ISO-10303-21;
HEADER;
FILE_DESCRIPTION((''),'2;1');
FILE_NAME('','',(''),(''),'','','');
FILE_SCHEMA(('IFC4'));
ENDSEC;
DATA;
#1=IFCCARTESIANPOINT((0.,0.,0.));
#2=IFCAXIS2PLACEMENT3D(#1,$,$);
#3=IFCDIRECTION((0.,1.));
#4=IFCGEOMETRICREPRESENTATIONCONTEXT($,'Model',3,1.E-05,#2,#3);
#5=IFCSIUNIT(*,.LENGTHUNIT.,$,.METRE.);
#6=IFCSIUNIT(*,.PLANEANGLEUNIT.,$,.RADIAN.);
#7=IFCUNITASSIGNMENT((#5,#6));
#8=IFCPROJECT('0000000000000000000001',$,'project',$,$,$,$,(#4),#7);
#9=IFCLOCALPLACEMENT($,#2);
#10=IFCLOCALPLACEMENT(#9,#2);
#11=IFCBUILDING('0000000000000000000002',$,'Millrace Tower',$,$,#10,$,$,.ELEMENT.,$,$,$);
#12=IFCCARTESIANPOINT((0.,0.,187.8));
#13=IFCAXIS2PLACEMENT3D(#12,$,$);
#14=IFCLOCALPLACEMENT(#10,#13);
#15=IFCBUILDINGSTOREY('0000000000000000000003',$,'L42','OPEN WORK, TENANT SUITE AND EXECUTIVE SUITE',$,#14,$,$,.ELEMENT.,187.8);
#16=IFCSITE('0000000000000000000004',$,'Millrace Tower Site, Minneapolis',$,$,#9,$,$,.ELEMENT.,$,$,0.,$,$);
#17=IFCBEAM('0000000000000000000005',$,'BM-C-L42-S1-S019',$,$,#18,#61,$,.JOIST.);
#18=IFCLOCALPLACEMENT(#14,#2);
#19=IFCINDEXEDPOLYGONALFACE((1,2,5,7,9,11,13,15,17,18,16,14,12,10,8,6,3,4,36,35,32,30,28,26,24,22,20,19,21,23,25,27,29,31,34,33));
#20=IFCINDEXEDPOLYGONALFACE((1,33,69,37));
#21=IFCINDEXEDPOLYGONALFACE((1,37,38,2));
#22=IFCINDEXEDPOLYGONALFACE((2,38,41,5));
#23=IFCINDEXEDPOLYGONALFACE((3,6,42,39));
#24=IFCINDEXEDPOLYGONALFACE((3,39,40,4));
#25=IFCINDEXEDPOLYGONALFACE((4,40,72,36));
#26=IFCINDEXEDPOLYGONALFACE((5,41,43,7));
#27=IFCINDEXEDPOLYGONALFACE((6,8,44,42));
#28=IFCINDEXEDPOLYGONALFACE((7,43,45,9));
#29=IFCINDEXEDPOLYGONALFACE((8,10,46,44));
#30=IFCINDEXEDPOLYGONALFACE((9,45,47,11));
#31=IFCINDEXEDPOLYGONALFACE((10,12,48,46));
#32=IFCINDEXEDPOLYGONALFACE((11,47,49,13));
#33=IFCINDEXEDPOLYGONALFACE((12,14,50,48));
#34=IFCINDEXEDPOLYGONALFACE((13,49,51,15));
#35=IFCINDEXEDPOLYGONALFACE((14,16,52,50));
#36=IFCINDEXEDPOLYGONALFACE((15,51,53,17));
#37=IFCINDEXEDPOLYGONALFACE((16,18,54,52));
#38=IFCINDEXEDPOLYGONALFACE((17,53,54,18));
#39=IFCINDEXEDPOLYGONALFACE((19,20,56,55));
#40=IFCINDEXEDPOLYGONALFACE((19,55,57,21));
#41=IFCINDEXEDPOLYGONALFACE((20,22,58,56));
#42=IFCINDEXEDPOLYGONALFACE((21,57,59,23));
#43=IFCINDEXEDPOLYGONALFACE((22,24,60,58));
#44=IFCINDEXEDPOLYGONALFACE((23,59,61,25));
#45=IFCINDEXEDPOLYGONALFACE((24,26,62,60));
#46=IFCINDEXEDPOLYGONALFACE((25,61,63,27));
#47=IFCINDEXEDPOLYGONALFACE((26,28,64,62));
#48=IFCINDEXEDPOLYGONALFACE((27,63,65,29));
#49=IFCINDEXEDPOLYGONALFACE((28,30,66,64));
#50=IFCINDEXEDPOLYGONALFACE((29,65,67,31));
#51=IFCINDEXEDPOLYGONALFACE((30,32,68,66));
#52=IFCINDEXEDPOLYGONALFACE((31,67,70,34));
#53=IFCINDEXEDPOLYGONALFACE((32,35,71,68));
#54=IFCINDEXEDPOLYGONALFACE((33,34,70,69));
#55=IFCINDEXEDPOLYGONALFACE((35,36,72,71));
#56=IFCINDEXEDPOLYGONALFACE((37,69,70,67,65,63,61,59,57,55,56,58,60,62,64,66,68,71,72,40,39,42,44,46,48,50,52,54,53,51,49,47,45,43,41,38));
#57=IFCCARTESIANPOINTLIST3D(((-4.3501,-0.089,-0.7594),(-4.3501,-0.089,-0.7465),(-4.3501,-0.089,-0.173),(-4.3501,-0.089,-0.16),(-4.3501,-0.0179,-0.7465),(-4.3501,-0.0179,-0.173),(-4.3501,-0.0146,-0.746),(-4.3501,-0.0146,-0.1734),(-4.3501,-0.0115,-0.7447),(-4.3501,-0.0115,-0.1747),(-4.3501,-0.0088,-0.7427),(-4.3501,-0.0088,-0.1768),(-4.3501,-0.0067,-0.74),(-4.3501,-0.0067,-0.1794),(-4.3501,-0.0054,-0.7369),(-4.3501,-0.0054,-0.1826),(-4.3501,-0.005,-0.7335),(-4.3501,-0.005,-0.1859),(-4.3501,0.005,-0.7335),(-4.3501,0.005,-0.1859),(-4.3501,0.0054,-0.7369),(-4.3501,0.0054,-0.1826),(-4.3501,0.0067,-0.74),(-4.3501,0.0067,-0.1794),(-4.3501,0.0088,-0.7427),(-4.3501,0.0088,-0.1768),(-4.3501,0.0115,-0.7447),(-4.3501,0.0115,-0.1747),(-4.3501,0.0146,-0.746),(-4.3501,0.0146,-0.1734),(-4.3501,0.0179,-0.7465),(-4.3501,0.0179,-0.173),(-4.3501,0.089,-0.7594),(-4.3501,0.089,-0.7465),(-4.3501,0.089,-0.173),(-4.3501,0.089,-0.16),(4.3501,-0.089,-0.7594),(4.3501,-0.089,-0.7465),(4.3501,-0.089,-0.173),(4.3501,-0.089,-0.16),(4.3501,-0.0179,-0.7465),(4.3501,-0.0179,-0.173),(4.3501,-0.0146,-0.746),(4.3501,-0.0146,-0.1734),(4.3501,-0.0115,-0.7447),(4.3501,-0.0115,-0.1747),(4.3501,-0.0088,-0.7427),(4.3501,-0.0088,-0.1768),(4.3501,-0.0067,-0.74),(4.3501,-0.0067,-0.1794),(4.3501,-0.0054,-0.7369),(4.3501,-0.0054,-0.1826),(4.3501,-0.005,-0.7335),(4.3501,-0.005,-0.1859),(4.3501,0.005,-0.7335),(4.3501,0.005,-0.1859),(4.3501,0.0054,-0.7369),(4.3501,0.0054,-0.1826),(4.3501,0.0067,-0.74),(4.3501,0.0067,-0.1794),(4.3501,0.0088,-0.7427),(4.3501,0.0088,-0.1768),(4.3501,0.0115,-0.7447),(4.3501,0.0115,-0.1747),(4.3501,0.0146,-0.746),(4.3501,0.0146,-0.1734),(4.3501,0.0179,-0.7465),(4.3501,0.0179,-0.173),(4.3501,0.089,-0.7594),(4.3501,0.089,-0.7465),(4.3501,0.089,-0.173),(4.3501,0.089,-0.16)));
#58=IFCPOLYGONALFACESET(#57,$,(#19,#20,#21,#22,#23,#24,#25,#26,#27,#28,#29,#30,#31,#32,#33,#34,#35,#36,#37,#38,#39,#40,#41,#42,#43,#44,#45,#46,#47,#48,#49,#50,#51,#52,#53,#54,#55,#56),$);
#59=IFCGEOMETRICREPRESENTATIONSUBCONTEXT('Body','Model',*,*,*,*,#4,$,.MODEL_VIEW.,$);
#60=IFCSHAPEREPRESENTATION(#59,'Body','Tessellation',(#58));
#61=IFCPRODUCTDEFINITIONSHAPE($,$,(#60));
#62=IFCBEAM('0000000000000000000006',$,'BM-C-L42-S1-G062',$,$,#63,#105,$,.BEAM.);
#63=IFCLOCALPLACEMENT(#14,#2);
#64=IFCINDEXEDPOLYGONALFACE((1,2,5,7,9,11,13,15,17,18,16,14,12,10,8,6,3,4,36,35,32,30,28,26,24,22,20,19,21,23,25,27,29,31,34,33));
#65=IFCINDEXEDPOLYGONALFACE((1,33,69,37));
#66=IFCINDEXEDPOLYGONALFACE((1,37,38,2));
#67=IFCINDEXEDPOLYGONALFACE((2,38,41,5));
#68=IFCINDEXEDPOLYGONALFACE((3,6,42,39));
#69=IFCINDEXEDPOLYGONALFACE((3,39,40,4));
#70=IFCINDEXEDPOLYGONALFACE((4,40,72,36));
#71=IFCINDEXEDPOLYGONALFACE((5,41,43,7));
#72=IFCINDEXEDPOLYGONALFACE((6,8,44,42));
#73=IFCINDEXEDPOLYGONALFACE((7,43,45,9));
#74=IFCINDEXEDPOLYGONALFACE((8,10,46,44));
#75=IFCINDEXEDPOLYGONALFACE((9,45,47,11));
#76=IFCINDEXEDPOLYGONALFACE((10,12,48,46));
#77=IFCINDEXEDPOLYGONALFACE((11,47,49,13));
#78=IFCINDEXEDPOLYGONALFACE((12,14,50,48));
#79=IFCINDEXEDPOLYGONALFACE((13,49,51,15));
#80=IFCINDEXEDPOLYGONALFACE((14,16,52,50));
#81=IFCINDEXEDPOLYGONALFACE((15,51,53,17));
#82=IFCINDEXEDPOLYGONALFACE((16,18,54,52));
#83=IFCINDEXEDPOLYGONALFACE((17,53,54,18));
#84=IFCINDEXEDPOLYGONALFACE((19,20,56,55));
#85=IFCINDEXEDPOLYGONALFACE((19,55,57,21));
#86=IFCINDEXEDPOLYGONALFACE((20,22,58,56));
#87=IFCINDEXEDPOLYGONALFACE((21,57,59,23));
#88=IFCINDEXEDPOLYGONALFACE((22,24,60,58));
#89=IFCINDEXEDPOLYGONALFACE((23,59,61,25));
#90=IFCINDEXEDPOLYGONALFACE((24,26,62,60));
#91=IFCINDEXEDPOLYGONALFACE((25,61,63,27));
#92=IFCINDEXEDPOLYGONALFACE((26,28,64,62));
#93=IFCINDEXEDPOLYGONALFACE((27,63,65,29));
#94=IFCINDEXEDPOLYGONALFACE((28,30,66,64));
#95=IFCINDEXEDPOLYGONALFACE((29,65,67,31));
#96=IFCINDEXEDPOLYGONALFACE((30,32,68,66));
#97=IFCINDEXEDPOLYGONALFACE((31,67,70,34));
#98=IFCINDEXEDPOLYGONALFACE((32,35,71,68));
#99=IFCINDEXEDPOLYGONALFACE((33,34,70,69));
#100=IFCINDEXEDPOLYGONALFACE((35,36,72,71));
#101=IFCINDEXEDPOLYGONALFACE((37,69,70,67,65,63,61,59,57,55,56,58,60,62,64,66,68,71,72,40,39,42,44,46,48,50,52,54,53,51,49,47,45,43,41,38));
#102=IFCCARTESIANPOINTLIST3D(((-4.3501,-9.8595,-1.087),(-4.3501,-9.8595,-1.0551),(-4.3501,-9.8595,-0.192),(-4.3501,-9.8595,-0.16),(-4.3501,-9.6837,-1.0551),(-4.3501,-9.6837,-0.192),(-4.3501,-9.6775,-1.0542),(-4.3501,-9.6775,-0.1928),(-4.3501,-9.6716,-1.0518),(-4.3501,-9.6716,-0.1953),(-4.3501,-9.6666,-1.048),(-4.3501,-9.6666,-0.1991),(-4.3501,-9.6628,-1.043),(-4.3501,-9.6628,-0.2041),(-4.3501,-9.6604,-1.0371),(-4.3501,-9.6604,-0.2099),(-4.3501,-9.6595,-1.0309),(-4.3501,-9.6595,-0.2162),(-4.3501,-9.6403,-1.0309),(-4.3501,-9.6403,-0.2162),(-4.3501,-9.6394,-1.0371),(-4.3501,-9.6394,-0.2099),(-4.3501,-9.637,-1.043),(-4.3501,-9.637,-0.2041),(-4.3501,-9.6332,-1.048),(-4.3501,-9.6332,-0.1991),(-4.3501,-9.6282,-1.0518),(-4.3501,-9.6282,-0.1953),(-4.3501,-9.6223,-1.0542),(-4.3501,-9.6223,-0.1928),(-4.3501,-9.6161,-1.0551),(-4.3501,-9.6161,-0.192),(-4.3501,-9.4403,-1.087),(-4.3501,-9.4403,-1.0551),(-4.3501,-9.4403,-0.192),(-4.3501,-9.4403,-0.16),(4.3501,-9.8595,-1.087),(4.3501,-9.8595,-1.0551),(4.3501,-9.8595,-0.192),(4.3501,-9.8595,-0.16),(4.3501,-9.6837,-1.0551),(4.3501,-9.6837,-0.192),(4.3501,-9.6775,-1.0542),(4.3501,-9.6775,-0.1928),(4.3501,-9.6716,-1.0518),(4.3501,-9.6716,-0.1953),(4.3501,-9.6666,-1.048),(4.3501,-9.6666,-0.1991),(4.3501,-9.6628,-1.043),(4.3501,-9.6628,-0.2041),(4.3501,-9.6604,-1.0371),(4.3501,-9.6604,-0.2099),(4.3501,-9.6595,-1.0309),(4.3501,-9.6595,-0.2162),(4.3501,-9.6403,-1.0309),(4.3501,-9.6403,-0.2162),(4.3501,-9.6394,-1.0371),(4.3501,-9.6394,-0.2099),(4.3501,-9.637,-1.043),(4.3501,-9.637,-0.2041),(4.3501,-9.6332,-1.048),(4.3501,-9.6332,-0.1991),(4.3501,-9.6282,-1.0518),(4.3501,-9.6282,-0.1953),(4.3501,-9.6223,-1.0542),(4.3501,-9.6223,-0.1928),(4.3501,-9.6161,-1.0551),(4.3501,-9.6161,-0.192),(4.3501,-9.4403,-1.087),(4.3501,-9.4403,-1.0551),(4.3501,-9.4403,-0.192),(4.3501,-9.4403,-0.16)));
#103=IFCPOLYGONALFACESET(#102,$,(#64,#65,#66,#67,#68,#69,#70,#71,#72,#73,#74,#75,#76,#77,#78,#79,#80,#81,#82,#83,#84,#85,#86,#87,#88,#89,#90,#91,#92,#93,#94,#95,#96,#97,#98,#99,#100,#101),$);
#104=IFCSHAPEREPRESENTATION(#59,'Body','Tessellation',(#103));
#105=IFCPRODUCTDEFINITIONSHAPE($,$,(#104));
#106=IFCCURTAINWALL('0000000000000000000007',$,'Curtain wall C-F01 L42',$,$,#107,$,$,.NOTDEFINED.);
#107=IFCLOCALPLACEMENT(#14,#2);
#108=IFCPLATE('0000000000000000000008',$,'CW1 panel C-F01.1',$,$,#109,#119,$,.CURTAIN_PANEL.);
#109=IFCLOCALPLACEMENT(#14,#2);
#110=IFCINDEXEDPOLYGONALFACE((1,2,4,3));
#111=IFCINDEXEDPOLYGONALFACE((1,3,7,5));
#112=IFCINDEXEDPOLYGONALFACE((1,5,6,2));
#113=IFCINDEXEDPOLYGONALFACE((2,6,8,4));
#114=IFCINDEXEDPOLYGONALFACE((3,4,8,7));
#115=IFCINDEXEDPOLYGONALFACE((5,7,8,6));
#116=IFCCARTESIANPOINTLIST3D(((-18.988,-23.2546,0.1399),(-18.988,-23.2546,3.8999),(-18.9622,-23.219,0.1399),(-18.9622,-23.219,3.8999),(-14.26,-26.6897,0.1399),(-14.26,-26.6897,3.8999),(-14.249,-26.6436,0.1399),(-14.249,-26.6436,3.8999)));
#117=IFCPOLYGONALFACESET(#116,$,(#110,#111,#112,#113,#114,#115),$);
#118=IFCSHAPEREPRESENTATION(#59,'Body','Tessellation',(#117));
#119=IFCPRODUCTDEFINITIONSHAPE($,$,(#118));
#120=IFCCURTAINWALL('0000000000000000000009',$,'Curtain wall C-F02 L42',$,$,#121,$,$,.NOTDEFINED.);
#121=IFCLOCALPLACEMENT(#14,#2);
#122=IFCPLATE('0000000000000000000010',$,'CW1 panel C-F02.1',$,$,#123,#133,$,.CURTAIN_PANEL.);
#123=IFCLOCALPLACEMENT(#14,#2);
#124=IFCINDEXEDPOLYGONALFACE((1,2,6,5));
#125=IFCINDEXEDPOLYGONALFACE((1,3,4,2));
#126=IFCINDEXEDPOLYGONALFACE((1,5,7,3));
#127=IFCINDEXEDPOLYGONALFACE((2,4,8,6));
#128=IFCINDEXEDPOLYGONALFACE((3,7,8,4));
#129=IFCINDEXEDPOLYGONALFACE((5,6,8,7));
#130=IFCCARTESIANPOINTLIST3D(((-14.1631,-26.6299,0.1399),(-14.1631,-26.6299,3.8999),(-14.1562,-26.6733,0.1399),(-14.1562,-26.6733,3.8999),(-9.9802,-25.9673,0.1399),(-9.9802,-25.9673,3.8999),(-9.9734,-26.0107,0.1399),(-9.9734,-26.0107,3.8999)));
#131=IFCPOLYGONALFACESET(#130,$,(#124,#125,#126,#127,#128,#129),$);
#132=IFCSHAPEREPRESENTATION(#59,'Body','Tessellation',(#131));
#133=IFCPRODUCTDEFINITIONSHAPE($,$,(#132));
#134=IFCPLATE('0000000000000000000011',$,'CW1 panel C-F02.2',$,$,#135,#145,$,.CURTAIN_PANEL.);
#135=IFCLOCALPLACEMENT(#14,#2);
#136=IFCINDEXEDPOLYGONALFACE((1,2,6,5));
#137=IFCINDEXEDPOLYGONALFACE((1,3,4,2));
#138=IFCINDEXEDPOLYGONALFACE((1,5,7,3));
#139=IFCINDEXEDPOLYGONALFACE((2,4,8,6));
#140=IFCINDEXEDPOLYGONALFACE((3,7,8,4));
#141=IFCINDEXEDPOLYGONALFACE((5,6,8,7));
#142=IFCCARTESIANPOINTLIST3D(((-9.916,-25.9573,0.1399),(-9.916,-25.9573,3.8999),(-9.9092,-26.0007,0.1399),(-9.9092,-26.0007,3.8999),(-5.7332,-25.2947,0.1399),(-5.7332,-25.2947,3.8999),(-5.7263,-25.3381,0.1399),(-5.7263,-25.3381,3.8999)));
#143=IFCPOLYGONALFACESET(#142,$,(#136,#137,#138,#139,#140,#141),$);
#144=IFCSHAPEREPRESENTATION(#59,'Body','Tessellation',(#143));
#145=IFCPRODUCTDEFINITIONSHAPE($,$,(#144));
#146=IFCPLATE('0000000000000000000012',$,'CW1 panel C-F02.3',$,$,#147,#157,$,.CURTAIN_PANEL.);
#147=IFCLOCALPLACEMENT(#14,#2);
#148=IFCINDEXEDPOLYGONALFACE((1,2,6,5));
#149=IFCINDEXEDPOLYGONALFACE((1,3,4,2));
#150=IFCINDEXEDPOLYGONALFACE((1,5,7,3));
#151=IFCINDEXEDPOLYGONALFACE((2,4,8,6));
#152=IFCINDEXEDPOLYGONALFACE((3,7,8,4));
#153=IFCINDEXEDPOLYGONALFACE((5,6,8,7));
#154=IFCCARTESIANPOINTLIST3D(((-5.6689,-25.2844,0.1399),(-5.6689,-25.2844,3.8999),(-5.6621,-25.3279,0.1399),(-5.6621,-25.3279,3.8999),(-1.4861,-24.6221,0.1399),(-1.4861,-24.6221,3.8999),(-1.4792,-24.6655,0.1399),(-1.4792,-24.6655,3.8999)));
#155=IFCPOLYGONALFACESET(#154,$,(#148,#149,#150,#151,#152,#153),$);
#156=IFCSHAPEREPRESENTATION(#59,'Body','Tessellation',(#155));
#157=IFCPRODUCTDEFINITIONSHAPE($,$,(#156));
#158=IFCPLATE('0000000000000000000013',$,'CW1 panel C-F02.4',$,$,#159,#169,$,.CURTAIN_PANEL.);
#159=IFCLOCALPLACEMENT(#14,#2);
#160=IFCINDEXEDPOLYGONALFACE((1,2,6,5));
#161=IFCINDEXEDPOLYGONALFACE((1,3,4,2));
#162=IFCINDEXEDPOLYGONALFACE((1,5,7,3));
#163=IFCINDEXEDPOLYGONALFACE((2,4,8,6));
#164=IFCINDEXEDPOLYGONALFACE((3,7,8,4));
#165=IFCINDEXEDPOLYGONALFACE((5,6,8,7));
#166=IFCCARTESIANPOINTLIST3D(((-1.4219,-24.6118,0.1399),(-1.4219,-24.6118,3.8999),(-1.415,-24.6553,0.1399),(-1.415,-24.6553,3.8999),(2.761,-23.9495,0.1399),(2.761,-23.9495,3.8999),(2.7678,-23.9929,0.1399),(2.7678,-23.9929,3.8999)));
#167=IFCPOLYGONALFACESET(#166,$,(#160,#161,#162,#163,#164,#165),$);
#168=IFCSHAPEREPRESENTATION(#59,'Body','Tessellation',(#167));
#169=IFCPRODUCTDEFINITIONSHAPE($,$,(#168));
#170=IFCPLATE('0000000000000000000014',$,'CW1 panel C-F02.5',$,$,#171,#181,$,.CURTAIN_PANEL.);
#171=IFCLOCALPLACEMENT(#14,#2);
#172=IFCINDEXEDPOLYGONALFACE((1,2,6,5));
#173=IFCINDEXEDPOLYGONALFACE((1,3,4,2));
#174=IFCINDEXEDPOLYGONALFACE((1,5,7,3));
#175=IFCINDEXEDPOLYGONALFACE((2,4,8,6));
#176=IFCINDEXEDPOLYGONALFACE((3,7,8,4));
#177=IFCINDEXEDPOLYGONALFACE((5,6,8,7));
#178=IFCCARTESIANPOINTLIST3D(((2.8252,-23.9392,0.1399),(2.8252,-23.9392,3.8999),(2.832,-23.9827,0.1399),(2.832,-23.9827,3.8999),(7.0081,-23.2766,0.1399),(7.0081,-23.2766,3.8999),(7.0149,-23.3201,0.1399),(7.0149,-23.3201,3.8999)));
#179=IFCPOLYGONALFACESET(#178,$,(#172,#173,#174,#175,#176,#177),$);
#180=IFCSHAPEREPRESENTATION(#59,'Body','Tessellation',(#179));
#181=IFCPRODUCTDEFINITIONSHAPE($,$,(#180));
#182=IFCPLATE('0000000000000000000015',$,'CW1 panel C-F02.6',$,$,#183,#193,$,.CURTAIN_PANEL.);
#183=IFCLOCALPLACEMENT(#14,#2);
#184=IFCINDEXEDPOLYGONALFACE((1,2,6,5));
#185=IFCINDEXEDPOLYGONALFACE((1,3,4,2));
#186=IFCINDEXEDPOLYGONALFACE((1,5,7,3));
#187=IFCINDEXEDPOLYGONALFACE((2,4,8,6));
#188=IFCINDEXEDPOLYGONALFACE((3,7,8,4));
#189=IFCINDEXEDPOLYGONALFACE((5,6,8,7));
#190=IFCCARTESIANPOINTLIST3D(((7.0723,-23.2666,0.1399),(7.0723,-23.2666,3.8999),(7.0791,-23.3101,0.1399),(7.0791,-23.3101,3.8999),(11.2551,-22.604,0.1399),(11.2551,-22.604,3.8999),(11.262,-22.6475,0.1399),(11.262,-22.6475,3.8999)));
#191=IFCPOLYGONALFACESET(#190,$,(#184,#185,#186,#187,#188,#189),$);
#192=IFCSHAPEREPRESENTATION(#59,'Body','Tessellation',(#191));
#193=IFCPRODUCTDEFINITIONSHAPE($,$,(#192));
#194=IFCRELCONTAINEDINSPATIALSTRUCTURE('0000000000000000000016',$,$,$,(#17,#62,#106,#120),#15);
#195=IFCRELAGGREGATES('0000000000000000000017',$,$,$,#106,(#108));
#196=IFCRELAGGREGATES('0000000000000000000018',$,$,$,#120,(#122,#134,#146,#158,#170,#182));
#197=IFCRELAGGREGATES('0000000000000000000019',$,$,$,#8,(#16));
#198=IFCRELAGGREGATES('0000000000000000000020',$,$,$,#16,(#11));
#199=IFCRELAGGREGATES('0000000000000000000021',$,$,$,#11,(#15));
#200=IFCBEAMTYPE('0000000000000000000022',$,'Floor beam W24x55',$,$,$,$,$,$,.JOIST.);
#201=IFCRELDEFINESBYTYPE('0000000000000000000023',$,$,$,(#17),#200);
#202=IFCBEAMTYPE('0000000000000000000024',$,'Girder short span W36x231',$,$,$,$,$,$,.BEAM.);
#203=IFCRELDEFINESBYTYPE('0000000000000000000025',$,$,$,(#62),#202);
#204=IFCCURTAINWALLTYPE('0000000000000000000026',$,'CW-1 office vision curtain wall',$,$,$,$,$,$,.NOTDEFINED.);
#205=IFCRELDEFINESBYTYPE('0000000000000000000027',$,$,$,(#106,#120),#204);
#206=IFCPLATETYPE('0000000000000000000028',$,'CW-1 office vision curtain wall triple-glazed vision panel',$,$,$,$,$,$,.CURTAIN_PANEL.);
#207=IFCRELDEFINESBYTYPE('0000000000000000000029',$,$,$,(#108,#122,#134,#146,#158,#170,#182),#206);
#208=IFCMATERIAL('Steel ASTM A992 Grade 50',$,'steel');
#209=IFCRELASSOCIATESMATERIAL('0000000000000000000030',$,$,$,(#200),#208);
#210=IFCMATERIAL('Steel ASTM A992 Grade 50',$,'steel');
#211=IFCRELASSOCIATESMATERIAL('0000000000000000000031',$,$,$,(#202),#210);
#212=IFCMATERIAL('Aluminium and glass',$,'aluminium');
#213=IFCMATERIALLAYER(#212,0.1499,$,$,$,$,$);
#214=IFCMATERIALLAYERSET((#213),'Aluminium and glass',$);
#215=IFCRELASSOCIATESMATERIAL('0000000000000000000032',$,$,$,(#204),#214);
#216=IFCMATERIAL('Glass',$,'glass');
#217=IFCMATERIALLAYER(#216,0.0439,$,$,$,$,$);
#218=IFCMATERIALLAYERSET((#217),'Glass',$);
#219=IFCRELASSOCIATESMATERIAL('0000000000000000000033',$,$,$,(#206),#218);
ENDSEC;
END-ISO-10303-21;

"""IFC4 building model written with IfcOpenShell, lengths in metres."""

from ifc_helpers import new_model, si_unit, direction, frame, origin, origin_2d, place, context, subcontext, project, spatial, polyline, i_section, outline, extrude, material, layer, layer_set, material_profile, profile_set, type_object, element, aggregate, save


model = new_model("IFC4")

# Units and contexts
model_context = context("Model", 3, precision=1e-05, world=origin(), true_north=direction((0.0, 1.0)))
body_context = subcontext(model_context, "Body", "Model", "MODEL_VIEW")
ifc_project = project(units=[si_unit("LENGTHUNIT", "METRE"), si_unit("PLANEANGLEUNIT", "RADIAN")], contexts=[model_context])

# Site, building, storey
site_placement = place(None, origin())
site = spatial("IfcSite", under=ifc_project, at=site_placement, Name="Millrace Tower Site, Minneapolis", CompositionType="ELEMENT", RefElevation=0.0)
building_placement = place(site_placement, origin())
building = spatial("IfcBuilding", under=site, at=building_placement, Name="Millrace Tower", CompositionType="ELEMENT")
storey_placement = place(building_placement, frame((0.0, 0.0, 187.8)))
storey = spatial("IfcBuildingStorey", under=building, at=storey_placement, Name="L42", Description="OPEN WORK, TENANT SUITE AND EXECUTIVE SUITE", CompositionType="ELEMENT", Elevation=187.8)

# Beams
ifc_material_1 = material(Name="Steel ASTM A992 Grade 50", Category="steel")
ifc_material_profile_1 = material_profile(ifc_material_1, i_section(OverallWidth=0.178, OverallDepth=0.5994, WebThickness=0.01, FlangeThickness=0.0129, FilletRadius=0.0129, at=origin_2d()))
ifc_profile_set_1 = profile_set([ifc_material_profile_1], Name="Steel ASTM A992 Grade 50")
beam_type_1 = type_object("IfcBeamType", Name="Floor beam W24x55", PredefinedType="JOIST", material=ifc_profile_set_1)
for number, where, z_axis, x_axis, name in (
    (1, (-4.3501, 0.0, -0.4597), (1.0, 0.0, 0.0), (0.0, 1.0, 0.0), "BM-C-L42-S1-S019"),
):
    element("IfcBeam", number, at=place(storey_placement, frame(where, z_axis=z_axis, x_axis=x_axis)), inside=storey, type_object=beam_type_1, Name=name, PredefinedType="JOIST", context=body_context, shape_type="SweptSolid", body=[
        extrude(i_section(OverallWidth=0.178, OverallDepth=0.5994, WebThickness=0.01, FlangeThickness=0.0129, FilletRadius=0.0129, at=origin_2d()), origin(), (0.0, 0.0, 1.0), 8.7002),
    ])
ifc_material_2 = material(Name="Steel ASTM A992 Grade 50", Category="steel")
ifc_material_profile_2 = material_profile(ifc_material_2, i_section(OverallWidth=0.4192, OverallDepth=0.927, WebThickness=0.0193, FlangeThickness=0.032, FilletRadius=0.0242, at=origin_2d()))
ifc_profile_set_2 = profile_set([ifc_material_profile_2], Name="Steel ASTM A992 Grade 50")
beam_type_2 = type_object("IfcBeamType", Name="Girder short span W36x231", PredefinedType="BEAM", material=ifc_profile_set_2)
beam_1_placement = place(storey_placement, frame((-4.3501, -9.6499, -0.6235), z_axis=(1.0, 0.0, 0.0), x_axis=(0.0, 1.0, 0.0)))
element("IfcBeam", 2, at=beam_1_placement, inside=storey, type_object=beam_type_2, Name="BM-C-L42-S1-G062", PredefinedType="BEAM", context=body_context, shape_type="SweptSolid", body=[
    extrude(i_section(OverallWidth=0.4192, OverallDepth=0.927, WebThickness=0.0193, FlangeThickness=0.032, FilletRadius=0.0242, at=origin_2d()), origin(), (0.0, 0.0, 1.0), 8.7002),
])

# Curtain wall, plate
ifc_material_3 = material(Name="Aluminium and glass", Category="aluminium")
ifc_layer_1 = layer(ifc_material_3, 0.1499)
ifc_layer_set_1 = layer_set([ifc_layer_1], Name="Aluminium and glass")
curtain_wall_type = type_object("IfcCurtainWallType", Name="CW-1 office vision curtain wall", PredefinedType="NOTDEFINED", material=ifc_layer_set_1)
placement_1 = place(storey_placement, origin())
curtain_wall_1 = element("IfcCurtainWall", 3, at=placement_1, inside=storey, type_object=curtain_wall_type, Name="Curtain wall C-F01 L42", PredefinedType="NOTDEFINED")
ifc_material_4 = material(Name="Glass", Category="glass")
ifc_layer_2 = layer(ifc_material_4, 0.0439)
ifc_layer_set_2 = layer_set([ifc_layer_2], Name="Glass")
plate_type = type_object("IfcPlateType", Name="CW-1 office vision curtain wall triple-glazed vision panel", PredefinedType="CURTAIN_PANEL", material=ifc_layer_set_2)
placement_2 = place(storey_placement, frame((0.0, 0.0, 0.1399)))
plate_1 = element("IfcPlate", 4, at=placement_2, type_object=plate_type, Name="CW1 panel C-F01.1", PredefinedType="CURTAIN_PANEL", context=body_context, shape_type="SweptSolid", body=[
    extrude(outline(polyline([(-18.988, -23.2546), (-14.26, -26.6897), (-14.249, -26.6436), (-18.9622, -23.219), (-18.988, -23.2546)])), origin(), (0.0, 0.0, 1.0), 3.76),
])
aggregate(curtain_wall_1, [plate_1])

# Curtain wall, plates
curtain_wall_2 = element("IfcCurtainWall", 5, at=placement_1, inside=storey, type_object=curtain_wall_type, Name="Curtain wall C-F02 L42", PredefinedType="NOTDEFINED")
plate_2 = element("IfcPlate", 6, at=placement_2, type_object=plate_type, Name="CW1 panel C-F02.1", PredefinedType="CURTAIN_PANEL", context=body_context, shape_type="SweptSolid", body=[
    extrude(outline(polyline([(-14.1562, -26.6733), (-9.9734, -26.0107), (-9.9802, -25.9673), (-14.1631, -26.6299), (-14.1562, -26.6733)])), origin(), (0.0, 0.0, 1.0), 3.76),
])
plate_3 = element("IfcPlate", 7, at=placement_2, type_object=plate_type, Name="CW1 panel C-F02.2", PredefinedType="CURTAIN_PANEL", context=body_context, shape_type="SweptSolid", body=[
    extrude(outline(polyline([(-9.9092, -26.0007), (-5.7263, -25.3381), (-5.7332, -25.2947), (-9.916, -25.9573), (-9.9092, -26.0007)])), origin(), (0.0, 0.0, 1.0), 3.76),
])
plate_4 = element("IfcPlate", 8, at=placement_2, type_object=plate_type, Name="CW1 panel C-F02.3", PredefinedType="CURTAIN_PANEL", context=body_context, shape_type="SweptSolid", body=[
    extrude(outline(polyline([(-5.6621, -25.3279), (-1.4792, -24.6655), (-1.4861, -24.6221), (-5.6689, -25.2844), (-5.6621, -25.3279)])), origin(), (0.0, 0.0, 1.0), 3.76),
])
plate_5 = element("IfcPlate", 9, at=placement_2, type_object=plate_type, Name="CW1 panel C-F02.4", PredefinedType="CURTAIN_PANEL", context=body_context, shape_type="SweptSolid", body=[
    extrude(outline(polyline([(-1.415, -24.6553), (2.7678, -23.9929), (2.761, -23.9495), (-1.4219, -24.6118), (-1.415, -24.6553)])), origin(), (0.0, 0.0, 1.0), 3.76),
])
plate_6 = element("IfcPlate", 10, at=placement_2, type_object=plate_type, Name="CW1 panel C-F02.5", PredefinedType="CURTAIN_PANEL", context=body_context, shape_type="SweptSolid", body=[
    extrude(outline(polyline([(2.832, -23.9827), (7.0149, -23.3201), (7.0081, -23.2766), (2.8252, -23.9392), (2.832, -23.9827)])), origin(), (0.0, 0.0, 1.0), 3.76),
])
plate_7 = element("IfcPlate", 11, at=placement_2, type_object=plate_type, Name="CW1 panel C-F02.6", PredefinedType="CURTAIN_PANEL", context=body_context, shape_type="SweptSolid", body=[
    extrude(outline(polyline([(7.0791, -23.3101), (11.262, -22.6475), (11.2551, -22.604), (7.0723, -23.2666), (7.0791, -23.3101)])), origin(), (0.0, 0.0, 1.0), 3.76),
])
aggregate(curtain_wall_2, [plate_2, plate_3, plate_4, plate_5, plate_6, plate_7])

save(model, "model.ifc")
